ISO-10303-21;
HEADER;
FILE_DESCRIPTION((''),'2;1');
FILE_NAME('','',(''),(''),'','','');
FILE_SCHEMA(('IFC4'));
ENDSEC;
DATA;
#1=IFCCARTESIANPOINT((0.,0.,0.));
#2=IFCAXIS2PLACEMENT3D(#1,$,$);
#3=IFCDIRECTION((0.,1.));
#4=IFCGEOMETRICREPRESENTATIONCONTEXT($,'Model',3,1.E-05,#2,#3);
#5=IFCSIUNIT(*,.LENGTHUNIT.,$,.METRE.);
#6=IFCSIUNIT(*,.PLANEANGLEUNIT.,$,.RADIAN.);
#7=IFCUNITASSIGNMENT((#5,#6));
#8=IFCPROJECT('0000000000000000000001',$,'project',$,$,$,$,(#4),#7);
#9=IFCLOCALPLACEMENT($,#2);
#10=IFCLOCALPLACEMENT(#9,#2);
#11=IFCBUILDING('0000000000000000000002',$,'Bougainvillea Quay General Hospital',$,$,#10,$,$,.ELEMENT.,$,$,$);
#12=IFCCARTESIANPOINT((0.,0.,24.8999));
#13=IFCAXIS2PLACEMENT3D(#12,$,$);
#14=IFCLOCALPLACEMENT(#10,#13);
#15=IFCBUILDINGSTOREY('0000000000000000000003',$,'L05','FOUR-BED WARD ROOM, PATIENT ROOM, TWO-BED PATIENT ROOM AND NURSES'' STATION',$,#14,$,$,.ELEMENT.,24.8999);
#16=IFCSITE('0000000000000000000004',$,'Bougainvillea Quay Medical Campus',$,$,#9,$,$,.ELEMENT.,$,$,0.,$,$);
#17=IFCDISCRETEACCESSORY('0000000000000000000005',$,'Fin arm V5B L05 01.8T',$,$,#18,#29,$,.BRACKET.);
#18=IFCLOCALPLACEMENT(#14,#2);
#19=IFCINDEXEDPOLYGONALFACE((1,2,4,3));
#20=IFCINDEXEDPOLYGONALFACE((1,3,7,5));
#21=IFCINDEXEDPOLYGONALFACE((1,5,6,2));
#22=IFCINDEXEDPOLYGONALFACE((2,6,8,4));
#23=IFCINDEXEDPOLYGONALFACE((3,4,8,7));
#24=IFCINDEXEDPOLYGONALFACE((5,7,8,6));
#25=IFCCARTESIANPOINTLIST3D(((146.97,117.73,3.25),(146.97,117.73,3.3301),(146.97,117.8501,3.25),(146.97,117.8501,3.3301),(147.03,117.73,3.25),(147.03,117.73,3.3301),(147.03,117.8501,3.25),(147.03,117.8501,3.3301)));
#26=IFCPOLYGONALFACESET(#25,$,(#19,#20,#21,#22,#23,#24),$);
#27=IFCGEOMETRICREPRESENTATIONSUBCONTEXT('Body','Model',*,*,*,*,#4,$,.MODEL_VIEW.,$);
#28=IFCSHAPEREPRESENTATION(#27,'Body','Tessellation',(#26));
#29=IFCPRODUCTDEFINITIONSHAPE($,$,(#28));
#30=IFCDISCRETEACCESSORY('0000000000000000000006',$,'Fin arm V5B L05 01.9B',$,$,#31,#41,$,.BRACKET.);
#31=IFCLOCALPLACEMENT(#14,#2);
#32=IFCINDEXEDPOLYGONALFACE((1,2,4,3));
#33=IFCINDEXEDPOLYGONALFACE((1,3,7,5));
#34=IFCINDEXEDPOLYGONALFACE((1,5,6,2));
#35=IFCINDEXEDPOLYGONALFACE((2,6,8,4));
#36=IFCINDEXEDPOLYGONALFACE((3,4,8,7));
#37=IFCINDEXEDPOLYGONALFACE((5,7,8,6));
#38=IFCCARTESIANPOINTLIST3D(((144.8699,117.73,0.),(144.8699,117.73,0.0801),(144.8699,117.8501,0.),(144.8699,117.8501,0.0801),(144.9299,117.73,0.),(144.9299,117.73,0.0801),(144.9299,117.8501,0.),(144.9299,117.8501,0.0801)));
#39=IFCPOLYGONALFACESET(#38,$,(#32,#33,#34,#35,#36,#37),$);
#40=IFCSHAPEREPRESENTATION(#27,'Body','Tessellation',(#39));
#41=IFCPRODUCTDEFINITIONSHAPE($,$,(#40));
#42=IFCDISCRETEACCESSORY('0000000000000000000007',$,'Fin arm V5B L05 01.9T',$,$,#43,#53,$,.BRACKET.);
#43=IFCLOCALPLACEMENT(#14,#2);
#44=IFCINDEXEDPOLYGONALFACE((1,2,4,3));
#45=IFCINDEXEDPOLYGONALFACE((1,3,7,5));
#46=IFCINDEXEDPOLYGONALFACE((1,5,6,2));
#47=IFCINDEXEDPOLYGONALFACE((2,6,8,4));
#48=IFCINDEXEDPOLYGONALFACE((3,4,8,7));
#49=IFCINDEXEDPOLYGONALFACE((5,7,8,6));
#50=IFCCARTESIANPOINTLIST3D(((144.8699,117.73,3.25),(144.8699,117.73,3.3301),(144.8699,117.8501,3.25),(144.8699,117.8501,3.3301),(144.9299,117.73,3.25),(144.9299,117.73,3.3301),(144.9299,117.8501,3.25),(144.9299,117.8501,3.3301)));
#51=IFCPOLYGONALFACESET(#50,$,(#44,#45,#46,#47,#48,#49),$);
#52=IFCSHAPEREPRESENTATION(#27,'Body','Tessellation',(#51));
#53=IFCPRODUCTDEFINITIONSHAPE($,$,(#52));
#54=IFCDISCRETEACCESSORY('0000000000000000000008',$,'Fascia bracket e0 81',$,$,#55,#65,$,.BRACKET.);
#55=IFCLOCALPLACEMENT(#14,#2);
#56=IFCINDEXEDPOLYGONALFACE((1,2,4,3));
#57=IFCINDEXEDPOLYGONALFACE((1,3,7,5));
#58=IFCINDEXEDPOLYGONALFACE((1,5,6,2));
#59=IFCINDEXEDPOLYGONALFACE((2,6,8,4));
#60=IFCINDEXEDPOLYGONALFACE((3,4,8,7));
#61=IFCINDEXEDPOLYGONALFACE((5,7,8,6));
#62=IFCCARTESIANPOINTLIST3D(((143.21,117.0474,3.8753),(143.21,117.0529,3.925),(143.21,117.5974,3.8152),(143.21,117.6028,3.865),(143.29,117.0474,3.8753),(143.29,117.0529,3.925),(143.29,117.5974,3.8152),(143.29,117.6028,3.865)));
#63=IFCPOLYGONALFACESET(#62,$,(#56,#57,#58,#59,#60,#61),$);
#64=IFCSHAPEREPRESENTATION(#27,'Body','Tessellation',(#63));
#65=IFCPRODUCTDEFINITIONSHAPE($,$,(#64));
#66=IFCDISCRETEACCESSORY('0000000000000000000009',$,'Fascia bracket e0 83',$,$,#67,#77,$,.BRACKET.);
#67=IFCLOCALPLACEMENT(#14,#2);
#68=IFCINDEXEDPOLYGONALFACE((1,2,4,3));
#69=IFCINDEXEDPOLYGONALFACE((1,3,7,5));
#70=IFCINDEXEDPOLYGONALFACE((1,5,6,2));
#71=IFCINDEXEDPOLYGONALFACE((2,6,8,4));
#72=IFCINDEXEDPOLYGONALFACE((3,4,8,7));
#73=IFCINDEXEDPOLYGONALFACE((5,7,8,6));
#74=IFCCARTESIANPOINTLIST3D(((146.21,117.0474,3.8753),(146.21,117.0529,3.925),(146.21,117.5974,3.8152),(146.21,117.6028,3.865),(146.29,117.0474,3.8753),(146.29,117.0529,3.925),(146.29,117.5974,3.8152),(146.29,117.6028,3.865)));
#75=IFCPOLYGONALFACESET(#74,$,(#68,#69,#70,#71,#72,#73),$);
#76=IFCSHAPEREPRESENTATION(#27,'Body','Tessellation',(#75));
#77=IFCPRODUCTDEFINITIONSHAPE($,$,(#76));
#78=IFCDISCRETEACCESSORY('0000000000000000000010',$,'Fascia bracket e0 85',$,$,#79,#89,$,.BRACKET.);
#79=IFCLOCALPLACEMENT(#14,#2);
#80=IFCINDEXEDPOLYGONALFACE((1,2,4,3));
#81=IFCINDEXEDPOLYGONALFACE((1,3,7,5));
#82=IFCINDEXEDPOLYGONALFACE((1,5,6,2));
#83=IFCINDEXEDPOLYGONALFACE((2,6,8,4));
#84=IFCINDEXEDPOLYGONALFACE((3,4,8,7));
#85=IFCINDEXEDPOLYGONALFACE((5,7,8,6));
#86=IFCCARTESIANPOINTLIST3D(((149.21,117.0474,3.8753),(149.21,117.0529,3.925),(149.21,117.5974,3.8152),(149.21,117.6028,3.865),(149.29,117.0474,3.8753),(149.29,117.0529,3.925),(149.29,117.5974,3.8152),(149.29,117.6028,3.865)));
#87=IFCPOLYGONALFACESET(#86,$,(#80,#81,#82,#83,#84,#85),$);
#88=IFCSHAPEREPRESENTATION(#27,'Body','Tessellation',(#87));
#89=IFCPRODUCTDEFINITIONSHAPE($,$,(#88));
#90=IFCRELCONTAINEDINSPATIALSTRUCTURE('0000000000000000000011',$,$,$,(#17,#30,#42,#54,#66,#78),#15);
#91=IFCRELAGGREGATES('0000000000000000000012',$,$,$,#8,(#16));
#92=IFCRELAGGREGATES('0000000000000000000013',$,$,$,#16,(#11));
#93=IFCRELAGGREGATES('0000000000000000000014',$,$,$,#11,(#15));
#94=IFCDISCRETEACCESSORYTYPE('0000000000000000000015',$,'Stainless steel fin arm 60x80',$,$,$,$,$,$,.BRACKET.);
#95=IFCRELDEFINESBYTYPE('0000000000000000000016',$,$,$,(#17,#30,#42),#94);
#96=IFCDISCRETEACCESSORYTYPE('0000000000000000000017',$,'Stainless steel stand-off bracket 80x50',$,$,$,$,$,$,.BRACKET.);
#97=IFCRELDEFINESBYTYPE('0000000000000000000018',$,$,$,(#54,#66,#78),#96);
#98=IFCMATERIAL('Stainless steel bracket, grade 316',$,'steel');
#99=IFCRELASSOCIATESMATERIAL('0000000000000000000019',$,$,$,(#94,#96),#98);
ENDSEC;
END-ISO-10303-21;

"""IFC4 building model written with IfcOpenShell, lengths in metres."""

from ifc_helpers import new_model, si_unit, direction, frame, origin, origin_2d, place, context, subcontext, project, spatial, rectangle, extrude, material, material_profile, profile_set, type_object, element, save


model = new_model("IFC4")

# Units and contexts
model_context = context("Model", 3, precision=1e-05, world=origin(), true_north=direction((0.0, 1.0)))
body_context = subcontext(model_context, "Body", "Model", "MODEL_VIEW")
ifc_project = project(units=[si_unit("LENGTHUNIT", "METRE"), si_unit("PLANEANGLEUNIT", "RADIAN")], contexts=[model_context])

# Site, building, storey
site_placement = place(None, origin())
site = spatial("IfcSite", under=ifc_project, at=site_placement, Name="Bougainvillea Quay Medical Campus", CompositionType="ELEMENT", RefElevation=0.0)
building_placement = place(site_placement, origin())
building = spatial("IfcBuilding", under=site, at=building_placement, Name="Bougainvillea Quay General Hospital", CompositionType="ELEMENT")
storey_placement = place(building_placement, frame((0.0, 0.0, 24.8999)))
storey = spatial("IfcBuildingStorey", under=building, at=storey_placement, Name="L05", Description="FOUR-BED WARD ROOM, PATIENT ROOM, TWO-BED PATIENT ROOM AND NURSES' STATION", CompositionType="ELEMENT", Elevation=24.8999)

# Discrete accessories
ifc_material_1 = material(Name="Stainless steel bracket, grade 316", Category="steel")
discrete_accessory_type_1 = type_object("IfcDiscreteAccessoryType", Name="Stainless steel fin arm 60x80", PredefinedType="BRACKET", material=ifc_material_1)
for number, where, z_axis, x_axis, name in (
    (1, (147.0, 117.79, 3.25), (0.0, 0.0, 1.0), (0.0, -1.0, 0.0), "Fin arm V5B L05 01.8T"),
    (2, (144.8999, 117.79, 0.0), (0.0, 0.0, 1.0), (0.0, -1.0, 0.0), "Fin arm V5B L05 01.9B"),
    (3, (144.8999, 117.79, 3.25), (0.0, 0.0, 1.0), (0.0, -1.0, 0.0), "Fin arm V5B L05 01.9T"),
):
    element("IfcDiscreteAccessory", number, at=place(storey_placement, frame(where, z_axis=z_axis, x_axis=x_axis)), inside=storey, type_object=discrete_accessory_type_1, Name=name, PredefinedType="BRACKET", context=body_context, shape_type="SweptSolid", body=[
        extrude(rectangle(XDim=0.1201, YDim=0.0601, at=origin_2d()), origin(), (0.0, 0.0, 1.0), 0.0801),
    ])
ifc_material_profile_1 = material_profile(ifc_material_1, rectangle(XDim=0.0801, YDim=0.05, at=origin_2d()))
ifc_profile_set_1 = profile_set([ifc_material_profile_1], Name="Stainless steel bracket, grade 316")
discrete_accessory_type_2 = type_object("IfcDiscreteAccessoryType", Name="Stainless steel stand-off bracket 80x50", PredefinedType="BRACKET", material=ifc_profile_set_1)
for number, where, z_axis, x_axis, name in (
    (4, (143.25, 117.6001, 3.8401), (0.0, -0.994092, 0.108543), (1.0, 0.0, 0.0), "Fascia bracket e0 81"),
    (5, (146.25, 117.6001, 3.8401), (0.0, -0.994092, 0.108543), (1.0, 0.0, 0.0), "Fascia bracket e0 83"),
    (6, (149.25, 117.6001, 3.8401), (0.0, -0.994092, 0.108543), (1.0, 0.0, 0.0), "Fascia bracket e0 85"),
):
    element("IfcDiscreteAccessory", number, at=place(storey_placement, frame(where, z_axis=z_axis, x_axis=x_axis)), inside=storey, type_object=discrete_accessory_type_2, Name=name, PredefinedType="BRACKET", context=body_context, shape_type="SweptSolid", body=[
        extrude(rectangle(XDim=0.0801, YDim=0.05, at=origin_2d()), origin(), (0.0, 0.0, 1.0), 0.5532),
    ])

save(model, "model.ifc")
